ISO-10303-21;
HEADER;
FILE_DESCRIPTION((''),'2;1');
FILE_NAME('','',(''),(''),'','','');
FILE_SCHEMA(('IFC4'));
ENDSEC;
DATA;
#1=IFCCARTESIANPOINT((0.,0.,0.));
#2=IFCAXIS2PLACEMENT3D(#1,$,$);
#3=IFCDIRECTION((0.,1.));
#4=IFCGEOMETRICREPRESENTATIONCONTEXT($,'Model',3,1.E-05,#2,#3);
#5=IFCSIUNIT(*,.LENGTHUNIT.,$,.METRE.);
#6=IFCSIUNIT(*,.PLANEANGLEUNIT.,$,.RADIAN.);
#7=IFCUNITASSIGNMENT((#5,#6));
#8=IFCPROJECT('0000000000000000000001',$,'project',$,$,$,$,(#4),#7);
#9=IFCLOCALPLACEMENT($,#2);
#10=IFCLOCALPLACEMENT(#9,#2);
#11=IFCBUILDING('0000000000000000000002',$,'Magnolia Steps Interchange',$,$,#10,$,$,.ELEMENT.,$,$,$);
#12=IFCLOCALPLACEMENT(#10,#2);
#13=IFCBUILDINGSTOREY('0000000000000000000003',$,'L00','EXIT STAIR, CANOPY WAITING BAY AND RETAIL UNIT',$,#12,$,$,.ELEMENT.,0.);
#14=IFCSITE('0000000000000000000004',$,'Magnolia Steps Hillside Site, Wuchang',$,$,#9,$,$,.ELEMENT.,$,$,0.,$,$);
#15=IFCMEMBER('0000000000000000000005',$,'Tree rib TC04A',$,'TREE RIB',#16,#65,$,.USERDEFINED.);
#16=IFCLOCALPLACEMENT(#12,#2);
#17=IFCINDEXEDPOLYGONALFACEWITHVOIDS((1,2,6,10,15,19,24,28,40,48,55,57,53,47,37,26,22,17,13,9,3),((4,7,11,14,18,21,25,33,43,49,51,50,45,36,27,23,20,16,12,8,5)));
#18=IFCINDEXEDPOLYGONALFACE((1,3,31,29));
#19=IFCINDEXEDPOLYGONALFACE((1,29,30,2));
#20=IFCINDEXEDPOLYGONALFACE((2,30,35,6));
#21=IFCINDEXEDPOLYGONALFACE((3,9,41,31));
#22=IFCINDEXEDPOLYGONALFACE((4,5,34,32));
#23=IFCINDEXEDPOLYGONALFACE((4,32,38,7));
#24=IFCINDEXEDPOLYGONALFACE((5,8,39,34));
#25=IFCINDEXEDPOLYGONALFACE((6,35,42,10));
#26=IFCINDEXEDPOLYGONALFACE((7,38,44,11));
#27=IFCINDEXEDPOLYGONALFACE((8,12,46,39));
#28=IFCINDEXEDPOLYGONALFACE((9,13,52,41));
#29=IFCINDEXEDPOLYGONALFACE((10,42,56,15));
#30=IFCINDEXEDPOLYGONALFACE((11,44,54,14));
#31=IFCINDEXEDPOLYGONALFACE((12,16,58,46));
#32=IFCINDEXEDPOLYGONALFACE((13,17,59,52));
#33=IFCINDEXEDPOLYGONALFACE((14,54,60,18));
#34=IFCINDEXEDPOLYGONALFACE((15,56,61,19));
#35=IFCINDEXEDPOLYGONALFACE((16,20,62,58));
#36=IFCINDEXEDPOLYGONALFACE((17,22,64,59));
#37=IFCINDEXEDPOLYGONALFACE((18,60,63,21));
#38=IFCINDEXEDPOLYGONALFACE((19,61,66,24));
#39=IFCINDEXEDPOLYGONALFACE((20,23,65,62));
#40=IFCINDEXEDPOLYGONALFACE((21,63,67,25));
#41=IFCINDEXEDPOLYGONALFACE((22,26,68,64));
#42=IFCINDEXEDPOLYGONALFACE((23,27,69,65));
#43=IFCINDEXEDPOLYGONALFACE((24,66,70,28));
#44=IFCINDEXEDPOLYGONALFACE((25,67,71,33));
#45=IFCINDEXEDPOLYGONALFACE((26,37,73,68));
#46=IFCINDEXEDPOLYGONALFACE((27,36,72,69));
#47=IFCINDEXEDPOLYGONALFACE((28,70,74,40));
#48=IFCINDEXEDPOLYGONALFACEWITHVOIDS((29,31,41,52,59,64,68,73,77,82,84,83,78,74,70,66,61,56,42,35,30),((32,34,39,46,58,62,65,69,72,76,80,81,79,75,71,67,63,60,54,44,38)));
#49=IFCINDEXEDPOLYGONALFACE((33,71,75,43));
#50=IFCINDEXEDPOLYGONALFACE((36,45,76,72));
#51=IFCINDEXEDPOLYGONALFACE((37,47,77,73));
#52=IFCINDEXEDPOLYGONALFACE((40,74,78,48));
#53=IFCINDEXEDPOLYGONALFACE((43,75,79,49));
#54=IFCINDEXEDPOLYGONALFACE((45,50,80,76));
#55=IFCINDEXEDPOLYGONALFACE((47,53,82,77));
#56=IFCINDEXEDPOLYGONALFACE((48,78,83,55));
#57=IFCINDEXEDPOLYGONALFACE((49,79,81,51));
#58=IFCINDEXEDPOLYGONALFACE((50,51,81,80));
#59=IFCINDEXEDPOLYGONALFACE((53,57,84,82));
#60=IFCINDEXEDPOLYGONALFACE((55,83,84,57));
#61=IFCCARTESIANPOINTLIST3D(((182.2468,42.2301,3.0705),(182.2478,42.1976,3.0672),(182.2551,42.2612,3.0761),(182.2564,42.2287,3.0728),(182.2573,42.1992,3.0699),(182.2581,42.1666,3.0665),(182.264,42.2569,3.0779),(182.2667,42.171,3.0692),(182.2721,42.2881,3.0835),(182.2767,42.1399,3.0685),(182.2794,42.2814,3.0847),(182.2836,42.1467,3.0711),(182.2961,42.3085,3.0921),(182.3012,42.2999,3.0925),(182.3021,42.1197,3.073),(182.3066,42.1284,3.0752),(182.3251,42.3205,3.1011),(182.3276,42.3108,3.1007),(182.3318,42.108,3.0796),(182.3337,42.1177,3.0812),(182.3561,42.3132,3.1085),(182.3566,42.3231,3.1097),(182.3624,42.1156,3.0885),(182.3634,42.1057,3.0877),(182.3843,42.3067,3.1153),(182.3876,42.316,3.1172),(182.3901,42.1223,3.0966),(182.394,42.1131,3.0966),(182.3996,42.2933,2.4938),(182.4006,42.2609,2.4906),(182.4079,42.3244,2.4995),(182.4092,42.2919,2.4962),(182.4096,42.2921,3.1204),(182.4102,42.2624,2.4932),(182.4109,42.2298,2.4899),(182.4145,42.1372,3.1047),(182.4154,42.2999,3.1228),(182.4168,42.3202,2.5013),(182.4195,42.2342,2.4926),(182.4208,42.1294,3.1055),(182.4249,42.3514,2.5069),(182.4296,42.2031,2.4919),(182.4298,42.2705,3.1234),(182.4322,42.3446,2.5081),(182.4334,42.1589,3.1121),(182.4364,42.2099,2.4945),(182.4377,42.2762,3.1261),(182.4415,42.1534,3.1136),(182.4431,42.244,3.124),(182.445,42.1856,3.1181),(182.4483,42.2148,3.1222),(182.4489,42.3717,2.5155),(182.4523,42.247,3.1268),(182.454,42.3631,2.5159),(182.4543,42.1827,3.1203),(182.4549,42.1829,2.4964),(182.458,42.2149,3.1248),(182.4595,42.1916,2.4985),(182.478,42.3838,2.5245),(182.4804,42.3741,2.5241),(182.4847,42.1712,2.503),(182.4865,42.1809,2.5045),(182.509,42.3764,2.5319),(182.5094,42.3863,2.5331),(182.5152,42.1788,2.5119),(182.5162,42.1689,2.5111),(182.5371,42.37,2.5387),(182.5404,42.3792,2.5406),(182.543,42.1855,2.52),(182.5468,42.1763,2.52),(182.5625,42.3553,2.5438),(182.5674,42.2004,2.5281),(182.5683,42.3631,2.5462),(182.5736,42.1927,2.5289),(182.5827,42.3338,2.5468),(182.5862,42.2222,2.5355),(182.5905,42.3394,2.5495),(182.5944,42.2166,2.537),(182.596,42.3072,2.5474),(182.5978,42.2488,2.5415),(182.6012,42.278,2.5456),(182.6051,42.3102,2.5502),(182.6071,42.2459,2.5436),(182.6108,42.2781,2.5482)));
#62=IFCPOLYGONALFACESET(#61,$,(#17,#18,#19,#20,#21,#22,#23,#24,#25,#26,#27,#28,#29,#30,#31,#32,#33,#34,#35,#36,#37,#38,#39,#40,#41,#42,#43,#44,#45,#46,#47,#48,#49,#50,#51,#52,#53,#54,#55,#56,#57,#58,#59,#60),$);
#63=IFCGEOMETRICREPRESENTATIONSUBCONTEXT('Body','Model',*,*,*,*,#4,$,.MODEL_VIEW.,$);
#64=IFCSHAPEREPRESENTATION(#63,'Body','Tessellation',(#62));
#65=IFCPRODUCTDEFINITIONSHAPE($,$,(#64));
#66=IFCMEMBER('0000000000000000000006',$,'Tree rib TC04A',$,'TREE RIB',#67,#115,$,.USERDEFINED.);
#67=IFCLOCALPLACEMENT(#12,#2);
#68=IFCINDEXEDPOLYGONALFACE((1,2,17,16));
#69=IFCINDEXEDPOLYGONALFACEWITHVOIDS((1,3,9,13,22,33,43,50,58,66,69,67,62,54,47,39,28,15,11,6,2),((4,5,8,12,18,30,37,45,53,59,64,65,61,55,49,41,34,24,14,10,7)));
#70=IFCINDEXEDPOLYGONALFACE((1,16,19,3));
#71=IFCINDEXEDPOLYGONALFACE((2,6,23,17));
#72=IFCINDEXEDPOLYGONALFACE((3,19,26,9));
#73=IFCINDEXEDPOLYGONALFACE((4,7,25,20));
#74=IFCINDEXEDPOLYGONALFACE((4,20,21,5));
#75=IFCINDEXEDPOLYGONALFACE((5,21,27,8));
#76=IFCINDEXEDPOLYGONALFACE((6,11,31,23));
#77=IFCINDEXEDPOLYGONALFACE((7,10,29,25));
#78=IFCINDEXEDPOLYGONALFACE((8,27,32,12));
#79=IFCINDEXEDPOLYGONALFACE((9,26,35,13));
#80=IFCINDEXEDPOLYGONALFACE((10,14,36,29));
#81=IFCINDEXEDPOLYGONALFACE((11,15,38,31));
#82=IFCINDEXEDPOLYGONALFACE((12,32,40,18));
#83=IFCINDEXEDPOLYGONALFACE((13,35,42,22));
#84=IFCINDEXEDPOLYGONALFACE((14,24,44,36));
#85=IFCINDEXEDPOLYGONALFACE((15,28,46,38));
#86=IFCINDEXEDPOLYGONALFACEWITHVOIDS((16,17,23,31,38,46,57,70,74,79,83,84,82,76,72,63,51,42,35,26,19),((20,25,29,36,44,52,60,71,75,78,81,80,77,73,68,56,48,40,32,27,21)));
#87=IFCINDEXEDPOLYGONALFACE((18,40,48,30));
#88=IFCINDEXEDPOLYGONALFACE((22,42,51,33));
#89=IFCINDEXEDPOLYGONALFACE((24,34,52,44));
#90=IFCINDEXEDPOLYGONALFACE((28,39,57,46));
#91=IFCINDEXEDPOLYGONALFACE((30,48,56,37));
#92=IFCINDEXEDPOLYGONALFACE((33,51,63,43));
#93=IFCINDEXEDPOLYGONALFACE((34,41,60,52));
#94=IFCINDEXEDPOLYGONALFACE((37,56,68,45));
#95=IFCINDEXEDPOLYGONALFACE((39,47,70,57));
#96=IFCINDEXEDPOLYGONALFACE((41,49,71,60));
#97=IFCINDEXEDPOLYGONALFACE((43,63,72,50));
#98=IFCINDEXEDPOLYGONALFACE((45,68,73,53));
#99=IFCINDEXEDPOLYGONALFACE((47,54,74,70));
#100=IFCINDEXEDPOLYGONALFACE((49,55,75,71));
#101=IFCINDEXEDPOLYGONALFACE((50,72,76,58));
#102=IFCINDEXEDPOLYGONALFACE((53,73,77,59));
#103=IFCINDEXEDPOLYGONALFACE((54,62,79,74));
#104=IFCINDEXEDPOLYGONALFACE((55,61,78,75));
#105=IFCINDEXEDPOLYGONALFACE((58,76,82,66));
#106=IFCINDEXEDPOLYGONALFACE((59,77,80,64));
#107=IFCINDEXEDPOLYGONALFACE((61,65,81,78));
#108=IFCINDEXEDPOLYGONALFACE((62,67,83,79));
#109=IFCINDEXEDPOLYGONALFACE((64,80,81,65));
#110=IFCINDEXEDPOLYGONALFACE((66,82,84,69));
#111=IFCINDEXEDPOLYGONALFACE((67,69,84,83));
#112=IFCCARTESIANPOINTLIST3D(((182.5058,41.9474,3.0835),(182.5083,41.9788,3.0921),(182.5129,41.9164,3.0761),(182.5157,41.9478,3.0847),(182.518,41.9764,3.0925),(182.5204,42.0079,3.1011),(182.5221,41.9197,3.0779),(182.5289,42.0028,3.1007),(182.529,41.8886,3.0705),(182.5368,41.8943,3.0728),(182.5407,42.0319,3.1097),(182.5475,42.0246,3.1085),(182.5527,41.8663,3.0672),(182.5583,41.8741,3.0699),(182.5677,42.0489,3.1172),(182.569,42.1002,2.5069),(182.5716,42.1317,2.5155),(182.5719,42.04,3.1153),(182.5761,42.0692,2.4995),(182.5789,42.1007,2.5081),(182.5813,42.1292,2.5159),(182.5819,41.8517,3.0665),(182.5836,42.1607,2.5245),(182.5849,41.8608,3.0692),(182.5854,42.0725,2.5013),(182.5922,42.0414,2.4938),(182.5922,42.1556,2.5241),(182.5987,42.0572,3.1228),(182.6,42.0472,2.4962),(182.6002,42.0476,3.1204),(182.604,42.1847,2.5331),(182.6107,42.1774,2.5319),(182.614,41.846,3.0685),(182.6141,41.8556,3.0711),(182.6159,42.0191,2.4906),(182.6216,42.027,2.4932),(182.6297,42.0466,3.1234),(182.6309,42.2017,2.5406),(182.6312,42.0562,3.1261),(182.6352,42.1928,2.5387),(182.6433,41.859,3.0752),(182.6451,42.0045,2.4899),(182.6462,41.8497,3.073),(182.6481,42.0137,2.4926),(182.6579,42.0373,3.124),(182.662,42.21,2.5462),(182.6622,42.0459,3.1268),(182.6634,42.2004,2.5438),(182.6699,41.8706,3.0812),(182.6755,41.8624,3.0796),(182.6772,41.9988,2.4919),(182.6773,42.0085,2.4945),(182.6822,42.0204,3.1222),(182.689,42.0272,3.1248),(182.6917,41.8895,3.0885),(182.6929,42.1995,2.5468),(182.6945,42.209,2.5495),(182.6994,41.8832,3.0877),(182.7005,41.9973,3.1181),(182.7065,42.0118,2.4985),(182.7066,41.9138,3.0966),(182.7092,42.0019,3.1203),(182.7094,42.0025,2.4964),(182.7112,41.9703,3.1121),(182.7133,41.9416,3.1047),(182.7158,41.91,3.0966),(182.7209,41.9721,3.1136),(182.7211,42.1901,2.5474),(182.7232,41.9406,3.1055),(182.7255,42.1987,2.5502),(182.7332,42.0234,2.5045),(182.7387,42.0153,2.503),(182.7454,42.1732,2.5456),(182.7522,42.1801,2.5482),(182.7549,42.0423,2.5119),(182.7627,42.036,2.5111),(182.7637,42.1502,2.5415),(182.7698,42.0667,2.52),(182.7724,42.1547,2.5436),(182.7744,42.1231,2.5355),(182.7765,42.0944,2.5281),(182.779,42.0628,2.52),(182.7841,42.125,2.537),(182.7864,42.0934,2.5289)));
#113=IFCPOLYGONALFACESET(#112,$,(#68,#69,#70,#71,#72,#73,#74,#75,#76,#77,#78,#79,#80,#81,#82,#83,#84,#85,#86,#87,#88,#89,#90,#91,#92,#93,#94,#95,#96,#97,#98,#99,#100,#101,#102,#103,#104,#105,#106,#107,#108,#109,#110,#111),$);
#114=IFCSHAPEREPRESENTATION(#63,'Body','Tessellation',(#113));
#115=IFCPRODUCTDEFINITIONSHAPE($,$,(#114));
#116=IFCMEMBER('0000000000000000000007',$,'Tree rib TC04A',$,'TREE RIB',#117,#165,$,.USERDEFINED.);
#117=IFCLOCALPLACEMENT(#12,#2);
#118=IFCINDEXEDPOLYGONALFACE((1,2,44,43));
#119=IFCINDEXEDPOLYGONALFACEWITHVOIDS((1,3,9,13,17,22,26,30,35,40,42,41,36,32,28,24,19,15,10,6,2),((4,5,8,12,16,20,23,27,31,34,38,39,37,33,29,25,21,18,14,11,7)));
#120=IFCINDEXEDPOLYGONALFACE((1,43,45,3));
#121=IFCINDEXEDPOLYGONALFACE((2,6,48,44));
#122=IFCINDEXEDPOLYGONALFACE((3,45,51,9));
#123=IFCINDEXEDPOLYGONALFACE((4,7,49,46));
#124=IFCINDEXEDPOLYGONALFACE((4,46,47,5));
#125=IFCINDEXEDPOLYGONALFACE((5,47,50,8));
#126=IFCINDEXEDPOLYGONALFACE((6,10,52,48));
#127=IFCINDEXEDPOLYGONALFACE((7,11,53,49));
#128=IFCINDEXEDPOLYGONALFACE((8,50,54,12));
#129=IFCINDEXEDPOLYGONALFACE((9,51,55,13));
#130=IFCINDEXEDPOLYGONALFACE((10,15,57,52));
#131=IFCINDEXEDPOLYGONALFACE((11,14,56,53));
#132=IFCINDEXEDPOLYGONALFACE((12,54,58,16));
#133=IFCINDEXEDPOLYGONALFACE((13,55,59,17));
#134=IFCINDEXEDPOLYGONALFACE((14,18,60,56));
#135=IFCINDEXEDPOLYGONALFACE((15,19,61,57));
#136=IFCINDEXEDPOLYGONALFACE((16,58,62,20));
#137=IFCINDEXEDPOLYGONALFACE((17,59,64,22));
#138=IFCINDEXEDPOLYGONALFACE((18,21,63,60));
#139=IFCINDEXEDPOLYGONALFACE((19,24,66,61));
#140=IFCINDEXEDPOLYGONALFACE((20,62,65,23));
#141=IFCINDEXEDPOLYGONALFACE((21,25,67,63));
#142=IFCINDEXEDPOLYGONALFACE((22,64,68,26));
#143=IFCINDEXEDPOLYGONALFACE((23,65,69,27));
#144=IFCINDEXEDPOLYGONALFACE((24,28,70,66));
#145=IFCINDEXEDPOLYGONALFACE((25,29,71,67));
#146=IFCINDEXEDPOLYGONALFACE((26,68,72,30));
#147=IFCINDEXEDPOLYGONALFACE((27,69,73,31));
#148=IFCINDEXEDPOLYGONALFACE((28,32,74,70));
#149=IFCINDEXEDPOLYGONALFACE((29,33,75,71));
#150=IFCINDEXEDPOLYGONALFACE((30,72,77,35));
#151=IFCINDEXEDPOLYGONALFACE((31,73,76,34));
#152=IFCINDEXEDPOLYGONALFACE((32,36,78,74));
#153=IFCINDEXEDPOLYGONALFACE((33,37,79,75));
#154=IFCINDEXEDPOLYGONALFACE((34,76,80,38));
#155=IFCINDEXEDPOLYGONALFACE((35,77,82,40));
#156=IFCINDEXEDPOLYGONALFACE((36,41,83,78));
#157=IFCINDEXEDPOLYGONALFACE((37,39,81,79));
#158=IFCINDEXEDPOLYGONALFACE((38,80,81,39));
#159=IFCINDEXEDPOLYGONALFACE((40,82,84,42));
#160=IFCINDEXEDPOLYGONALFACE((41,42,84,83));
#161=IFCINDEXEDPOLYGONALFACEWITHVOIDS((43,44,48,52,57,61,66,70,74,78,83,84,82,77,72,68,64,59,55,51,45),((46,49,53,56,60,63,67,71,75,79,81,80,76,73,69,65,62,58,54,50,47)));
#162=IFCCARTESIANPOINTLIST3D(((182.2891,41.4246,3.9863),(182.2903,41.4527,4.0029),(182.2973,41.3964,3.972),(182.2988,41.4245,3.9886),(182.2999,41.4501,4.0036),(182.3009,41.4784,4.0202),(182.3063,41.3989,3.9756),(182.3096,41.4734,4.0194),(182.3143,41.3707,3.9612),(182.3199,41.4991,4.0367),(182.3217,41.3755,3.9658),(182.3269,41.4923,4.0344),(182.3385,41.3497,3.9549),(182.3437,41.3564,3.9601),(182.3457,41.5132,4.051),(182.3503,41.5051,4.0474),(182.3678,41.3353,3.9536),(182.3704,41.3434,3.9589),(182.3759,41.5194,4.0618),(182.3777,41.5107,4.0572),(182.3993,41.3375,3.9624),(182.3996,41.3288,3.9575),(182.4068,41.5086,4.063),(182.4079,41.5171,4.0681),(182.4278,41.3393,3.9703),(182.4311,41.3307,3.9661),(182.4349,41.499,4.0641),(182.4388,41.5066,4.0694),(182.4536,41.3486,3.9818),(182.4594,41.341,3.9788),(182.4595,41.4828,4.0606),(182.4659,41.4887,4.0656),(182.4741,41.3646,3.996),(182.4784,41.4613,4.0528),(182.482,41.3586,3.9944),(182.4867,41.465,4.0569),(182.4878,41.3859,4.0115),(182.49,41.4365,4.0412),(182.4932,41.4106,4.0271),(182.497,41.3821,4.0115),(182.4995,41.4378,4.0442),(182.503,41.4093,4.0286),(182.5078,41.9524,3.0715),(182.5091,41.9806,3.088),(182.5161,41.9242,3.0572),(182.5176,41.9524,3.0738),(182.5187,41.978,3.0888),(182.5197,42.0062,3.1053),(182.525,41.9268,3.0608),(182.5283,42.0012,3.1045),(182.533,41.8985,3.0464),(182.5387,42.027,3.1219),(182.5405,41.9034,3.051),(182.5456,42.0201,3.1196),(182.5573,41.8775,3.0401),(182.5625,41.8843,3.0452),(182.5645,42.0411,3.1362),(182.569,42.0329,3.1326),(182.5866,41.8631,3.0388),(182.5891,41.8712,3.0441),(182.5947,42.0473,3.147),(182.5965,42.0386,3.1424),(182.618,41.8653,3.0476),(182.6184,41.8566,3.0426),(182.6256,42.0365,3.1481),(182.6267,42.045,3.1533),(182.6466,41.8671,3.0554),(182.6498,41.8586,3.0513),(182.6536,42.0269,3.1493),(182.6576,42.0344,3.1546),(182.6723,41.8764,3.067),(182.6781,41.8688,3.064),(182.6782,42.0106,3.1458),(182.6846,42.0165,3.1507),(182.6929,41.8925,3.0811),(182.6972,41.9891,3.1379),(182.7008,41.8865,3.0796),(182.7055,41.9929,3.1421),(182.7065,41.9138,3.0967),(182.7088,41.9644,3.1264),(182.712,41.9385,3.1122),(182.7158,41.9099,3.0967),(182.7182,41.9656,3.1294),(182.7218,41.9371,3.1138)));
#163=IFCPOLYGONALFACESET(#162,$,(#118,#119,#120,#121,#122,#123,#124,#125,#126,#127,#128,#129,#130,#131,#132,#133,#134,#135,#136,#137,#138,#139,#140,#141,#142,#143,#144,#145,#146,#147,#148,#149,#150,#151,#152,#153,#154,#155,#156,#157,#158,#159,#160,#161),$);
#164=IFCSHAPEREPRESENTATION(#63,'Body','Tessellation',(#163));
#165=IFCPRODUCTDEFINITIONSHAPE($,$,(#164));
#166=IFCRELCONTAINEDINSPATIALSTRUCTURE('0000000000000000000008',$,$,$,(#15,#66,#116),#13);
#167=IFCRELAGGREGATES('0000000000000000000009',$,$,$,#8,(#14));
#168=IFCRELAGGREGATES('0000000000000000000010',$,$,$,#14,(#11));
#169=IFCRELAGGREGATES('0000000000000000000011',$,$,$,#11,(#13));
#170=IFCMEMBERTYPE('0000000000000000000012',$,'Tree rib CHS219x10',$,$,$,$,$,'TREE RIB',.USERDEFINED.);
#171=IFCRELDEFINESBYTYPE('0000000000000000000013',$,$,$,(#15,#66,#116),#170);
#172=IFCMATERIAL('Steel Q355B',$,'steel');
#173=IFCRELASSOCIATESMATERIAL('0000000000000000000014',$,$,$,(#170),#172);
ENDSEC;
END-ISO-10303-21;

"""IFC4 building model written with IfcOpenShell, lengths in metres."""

from ifc_helpers import new_model, si_unit, direction, frame, origin, origin_2d, place, context, subcontext, project, spatial, hollow_circle, extrude, material, material_profile, profile_set, type_object, element, save


model = new_model("IFC4")

# Units and contexts
model_context = context("Model", 3, precision=1e-05, world=origin(), true_north=direction((0.0, 1.0)))
body_context = subcontext(model_context, "Body", "Model", "MODEL_VIEW")
ifc_project = project(units=[si_unit("LENGTHUNIT", "METRE"), si_unit("PLANEANGLEUNIT", "RADIAN")], contexts=[model_context])

# Site, building, storey
site_placement = place(None, origin())
site = spatial("IfcSite", under=ifc_project, at=site_placement, Name="Magnolia Steps Hillside Site, Wuchang", CompositionType="ELEMENT", RefElevation=0.0)
building_placement = place(site_placement, origin())
building = spatial("IfcBuilding", under=site, at=building_placement, Name="Magnolia Steps Interchange", CompositionType="ELEMENT")
storey_placement = place(building_placement, origin())
storey = spatial("IfcBuildingStorey", under=building, at=storey_placement, Name="L00", Description="EXIT STAIR, CANOPY WAITING BAY AND RETAIL UNIT", CompositionType="ELEMENT", Elevation=0.0)

# Members
ifc_material_1 = material(Name="Steel Q355B", Category="steel")
ifc_material_profile_1 = material_profile(ifc_material_1, hollow_circle(Radius=0.1096, WallThickness=0.01, at=origin_2d()), Name="CHS219x10")
ifc_profile_set_1 = profile_set([ifc_material_profile_1], Name="Steel Q355B")
member_type_1 = type_object("IfcMemberType", Name="Tree rib CHS219x10", ElementType="TREE RIB", PredefinedType="USERDEFINED", material=ifc_profile_set_1)
for number, where, z_axis, x_axis, name in (
    (1, (182.5049, 42.2776, 2.52), (-0.254758, -0.105403, 0.961243), (0.382308, -0.924035, 0.0), "Tree rib TC04A"),
    (2, (182.6777, 42.1047, 2.52), (-0.105403, -0.254758, 0.961243), (0.924035, -0.382308, 0.0), "Tree rib TC04A"),
):
    element("IfcMember", number, at=place(storey_placement, frame(where, z_axis=z_axis, x_axis=x_axis)), inside=storey, type_object=member_type_1, Name=name, ObjectType="TREE RIB", PredefinedType="USERDEFINED", context=body_context, shape_type="SweptSolid", body=[
        extrude(hollow_circle(Radius=0.1096, WallThickness=0.01, at=origin_2d()), origin(), (0.0, 0.0, 1.0), 0.5999),
    ])
member_1_placement = place(storey_placement, frame((182.6145, 41.9519, 3.0967), z_axis=(-0.202815, -0.489382, 0.848157), x_axis=(0.923808, -0.382855, 0.0)))
element("IfcMember", 3, at=member_1_placement, inside=storey, type_object=member_type_1, Name="Tree rib TC04A", ObjectType="TREE RIB", PredefinedType="USERDEFINED", context=body_context, shape_type="SweptSolid", body=[
    extrude(hollow_circle(Radius=0.1096, WallThickness=0.01, at=origin_2d()), origin(), (0.0, 0.0, 1.0), 1.0786),
])

save(model, "model.ifc")
